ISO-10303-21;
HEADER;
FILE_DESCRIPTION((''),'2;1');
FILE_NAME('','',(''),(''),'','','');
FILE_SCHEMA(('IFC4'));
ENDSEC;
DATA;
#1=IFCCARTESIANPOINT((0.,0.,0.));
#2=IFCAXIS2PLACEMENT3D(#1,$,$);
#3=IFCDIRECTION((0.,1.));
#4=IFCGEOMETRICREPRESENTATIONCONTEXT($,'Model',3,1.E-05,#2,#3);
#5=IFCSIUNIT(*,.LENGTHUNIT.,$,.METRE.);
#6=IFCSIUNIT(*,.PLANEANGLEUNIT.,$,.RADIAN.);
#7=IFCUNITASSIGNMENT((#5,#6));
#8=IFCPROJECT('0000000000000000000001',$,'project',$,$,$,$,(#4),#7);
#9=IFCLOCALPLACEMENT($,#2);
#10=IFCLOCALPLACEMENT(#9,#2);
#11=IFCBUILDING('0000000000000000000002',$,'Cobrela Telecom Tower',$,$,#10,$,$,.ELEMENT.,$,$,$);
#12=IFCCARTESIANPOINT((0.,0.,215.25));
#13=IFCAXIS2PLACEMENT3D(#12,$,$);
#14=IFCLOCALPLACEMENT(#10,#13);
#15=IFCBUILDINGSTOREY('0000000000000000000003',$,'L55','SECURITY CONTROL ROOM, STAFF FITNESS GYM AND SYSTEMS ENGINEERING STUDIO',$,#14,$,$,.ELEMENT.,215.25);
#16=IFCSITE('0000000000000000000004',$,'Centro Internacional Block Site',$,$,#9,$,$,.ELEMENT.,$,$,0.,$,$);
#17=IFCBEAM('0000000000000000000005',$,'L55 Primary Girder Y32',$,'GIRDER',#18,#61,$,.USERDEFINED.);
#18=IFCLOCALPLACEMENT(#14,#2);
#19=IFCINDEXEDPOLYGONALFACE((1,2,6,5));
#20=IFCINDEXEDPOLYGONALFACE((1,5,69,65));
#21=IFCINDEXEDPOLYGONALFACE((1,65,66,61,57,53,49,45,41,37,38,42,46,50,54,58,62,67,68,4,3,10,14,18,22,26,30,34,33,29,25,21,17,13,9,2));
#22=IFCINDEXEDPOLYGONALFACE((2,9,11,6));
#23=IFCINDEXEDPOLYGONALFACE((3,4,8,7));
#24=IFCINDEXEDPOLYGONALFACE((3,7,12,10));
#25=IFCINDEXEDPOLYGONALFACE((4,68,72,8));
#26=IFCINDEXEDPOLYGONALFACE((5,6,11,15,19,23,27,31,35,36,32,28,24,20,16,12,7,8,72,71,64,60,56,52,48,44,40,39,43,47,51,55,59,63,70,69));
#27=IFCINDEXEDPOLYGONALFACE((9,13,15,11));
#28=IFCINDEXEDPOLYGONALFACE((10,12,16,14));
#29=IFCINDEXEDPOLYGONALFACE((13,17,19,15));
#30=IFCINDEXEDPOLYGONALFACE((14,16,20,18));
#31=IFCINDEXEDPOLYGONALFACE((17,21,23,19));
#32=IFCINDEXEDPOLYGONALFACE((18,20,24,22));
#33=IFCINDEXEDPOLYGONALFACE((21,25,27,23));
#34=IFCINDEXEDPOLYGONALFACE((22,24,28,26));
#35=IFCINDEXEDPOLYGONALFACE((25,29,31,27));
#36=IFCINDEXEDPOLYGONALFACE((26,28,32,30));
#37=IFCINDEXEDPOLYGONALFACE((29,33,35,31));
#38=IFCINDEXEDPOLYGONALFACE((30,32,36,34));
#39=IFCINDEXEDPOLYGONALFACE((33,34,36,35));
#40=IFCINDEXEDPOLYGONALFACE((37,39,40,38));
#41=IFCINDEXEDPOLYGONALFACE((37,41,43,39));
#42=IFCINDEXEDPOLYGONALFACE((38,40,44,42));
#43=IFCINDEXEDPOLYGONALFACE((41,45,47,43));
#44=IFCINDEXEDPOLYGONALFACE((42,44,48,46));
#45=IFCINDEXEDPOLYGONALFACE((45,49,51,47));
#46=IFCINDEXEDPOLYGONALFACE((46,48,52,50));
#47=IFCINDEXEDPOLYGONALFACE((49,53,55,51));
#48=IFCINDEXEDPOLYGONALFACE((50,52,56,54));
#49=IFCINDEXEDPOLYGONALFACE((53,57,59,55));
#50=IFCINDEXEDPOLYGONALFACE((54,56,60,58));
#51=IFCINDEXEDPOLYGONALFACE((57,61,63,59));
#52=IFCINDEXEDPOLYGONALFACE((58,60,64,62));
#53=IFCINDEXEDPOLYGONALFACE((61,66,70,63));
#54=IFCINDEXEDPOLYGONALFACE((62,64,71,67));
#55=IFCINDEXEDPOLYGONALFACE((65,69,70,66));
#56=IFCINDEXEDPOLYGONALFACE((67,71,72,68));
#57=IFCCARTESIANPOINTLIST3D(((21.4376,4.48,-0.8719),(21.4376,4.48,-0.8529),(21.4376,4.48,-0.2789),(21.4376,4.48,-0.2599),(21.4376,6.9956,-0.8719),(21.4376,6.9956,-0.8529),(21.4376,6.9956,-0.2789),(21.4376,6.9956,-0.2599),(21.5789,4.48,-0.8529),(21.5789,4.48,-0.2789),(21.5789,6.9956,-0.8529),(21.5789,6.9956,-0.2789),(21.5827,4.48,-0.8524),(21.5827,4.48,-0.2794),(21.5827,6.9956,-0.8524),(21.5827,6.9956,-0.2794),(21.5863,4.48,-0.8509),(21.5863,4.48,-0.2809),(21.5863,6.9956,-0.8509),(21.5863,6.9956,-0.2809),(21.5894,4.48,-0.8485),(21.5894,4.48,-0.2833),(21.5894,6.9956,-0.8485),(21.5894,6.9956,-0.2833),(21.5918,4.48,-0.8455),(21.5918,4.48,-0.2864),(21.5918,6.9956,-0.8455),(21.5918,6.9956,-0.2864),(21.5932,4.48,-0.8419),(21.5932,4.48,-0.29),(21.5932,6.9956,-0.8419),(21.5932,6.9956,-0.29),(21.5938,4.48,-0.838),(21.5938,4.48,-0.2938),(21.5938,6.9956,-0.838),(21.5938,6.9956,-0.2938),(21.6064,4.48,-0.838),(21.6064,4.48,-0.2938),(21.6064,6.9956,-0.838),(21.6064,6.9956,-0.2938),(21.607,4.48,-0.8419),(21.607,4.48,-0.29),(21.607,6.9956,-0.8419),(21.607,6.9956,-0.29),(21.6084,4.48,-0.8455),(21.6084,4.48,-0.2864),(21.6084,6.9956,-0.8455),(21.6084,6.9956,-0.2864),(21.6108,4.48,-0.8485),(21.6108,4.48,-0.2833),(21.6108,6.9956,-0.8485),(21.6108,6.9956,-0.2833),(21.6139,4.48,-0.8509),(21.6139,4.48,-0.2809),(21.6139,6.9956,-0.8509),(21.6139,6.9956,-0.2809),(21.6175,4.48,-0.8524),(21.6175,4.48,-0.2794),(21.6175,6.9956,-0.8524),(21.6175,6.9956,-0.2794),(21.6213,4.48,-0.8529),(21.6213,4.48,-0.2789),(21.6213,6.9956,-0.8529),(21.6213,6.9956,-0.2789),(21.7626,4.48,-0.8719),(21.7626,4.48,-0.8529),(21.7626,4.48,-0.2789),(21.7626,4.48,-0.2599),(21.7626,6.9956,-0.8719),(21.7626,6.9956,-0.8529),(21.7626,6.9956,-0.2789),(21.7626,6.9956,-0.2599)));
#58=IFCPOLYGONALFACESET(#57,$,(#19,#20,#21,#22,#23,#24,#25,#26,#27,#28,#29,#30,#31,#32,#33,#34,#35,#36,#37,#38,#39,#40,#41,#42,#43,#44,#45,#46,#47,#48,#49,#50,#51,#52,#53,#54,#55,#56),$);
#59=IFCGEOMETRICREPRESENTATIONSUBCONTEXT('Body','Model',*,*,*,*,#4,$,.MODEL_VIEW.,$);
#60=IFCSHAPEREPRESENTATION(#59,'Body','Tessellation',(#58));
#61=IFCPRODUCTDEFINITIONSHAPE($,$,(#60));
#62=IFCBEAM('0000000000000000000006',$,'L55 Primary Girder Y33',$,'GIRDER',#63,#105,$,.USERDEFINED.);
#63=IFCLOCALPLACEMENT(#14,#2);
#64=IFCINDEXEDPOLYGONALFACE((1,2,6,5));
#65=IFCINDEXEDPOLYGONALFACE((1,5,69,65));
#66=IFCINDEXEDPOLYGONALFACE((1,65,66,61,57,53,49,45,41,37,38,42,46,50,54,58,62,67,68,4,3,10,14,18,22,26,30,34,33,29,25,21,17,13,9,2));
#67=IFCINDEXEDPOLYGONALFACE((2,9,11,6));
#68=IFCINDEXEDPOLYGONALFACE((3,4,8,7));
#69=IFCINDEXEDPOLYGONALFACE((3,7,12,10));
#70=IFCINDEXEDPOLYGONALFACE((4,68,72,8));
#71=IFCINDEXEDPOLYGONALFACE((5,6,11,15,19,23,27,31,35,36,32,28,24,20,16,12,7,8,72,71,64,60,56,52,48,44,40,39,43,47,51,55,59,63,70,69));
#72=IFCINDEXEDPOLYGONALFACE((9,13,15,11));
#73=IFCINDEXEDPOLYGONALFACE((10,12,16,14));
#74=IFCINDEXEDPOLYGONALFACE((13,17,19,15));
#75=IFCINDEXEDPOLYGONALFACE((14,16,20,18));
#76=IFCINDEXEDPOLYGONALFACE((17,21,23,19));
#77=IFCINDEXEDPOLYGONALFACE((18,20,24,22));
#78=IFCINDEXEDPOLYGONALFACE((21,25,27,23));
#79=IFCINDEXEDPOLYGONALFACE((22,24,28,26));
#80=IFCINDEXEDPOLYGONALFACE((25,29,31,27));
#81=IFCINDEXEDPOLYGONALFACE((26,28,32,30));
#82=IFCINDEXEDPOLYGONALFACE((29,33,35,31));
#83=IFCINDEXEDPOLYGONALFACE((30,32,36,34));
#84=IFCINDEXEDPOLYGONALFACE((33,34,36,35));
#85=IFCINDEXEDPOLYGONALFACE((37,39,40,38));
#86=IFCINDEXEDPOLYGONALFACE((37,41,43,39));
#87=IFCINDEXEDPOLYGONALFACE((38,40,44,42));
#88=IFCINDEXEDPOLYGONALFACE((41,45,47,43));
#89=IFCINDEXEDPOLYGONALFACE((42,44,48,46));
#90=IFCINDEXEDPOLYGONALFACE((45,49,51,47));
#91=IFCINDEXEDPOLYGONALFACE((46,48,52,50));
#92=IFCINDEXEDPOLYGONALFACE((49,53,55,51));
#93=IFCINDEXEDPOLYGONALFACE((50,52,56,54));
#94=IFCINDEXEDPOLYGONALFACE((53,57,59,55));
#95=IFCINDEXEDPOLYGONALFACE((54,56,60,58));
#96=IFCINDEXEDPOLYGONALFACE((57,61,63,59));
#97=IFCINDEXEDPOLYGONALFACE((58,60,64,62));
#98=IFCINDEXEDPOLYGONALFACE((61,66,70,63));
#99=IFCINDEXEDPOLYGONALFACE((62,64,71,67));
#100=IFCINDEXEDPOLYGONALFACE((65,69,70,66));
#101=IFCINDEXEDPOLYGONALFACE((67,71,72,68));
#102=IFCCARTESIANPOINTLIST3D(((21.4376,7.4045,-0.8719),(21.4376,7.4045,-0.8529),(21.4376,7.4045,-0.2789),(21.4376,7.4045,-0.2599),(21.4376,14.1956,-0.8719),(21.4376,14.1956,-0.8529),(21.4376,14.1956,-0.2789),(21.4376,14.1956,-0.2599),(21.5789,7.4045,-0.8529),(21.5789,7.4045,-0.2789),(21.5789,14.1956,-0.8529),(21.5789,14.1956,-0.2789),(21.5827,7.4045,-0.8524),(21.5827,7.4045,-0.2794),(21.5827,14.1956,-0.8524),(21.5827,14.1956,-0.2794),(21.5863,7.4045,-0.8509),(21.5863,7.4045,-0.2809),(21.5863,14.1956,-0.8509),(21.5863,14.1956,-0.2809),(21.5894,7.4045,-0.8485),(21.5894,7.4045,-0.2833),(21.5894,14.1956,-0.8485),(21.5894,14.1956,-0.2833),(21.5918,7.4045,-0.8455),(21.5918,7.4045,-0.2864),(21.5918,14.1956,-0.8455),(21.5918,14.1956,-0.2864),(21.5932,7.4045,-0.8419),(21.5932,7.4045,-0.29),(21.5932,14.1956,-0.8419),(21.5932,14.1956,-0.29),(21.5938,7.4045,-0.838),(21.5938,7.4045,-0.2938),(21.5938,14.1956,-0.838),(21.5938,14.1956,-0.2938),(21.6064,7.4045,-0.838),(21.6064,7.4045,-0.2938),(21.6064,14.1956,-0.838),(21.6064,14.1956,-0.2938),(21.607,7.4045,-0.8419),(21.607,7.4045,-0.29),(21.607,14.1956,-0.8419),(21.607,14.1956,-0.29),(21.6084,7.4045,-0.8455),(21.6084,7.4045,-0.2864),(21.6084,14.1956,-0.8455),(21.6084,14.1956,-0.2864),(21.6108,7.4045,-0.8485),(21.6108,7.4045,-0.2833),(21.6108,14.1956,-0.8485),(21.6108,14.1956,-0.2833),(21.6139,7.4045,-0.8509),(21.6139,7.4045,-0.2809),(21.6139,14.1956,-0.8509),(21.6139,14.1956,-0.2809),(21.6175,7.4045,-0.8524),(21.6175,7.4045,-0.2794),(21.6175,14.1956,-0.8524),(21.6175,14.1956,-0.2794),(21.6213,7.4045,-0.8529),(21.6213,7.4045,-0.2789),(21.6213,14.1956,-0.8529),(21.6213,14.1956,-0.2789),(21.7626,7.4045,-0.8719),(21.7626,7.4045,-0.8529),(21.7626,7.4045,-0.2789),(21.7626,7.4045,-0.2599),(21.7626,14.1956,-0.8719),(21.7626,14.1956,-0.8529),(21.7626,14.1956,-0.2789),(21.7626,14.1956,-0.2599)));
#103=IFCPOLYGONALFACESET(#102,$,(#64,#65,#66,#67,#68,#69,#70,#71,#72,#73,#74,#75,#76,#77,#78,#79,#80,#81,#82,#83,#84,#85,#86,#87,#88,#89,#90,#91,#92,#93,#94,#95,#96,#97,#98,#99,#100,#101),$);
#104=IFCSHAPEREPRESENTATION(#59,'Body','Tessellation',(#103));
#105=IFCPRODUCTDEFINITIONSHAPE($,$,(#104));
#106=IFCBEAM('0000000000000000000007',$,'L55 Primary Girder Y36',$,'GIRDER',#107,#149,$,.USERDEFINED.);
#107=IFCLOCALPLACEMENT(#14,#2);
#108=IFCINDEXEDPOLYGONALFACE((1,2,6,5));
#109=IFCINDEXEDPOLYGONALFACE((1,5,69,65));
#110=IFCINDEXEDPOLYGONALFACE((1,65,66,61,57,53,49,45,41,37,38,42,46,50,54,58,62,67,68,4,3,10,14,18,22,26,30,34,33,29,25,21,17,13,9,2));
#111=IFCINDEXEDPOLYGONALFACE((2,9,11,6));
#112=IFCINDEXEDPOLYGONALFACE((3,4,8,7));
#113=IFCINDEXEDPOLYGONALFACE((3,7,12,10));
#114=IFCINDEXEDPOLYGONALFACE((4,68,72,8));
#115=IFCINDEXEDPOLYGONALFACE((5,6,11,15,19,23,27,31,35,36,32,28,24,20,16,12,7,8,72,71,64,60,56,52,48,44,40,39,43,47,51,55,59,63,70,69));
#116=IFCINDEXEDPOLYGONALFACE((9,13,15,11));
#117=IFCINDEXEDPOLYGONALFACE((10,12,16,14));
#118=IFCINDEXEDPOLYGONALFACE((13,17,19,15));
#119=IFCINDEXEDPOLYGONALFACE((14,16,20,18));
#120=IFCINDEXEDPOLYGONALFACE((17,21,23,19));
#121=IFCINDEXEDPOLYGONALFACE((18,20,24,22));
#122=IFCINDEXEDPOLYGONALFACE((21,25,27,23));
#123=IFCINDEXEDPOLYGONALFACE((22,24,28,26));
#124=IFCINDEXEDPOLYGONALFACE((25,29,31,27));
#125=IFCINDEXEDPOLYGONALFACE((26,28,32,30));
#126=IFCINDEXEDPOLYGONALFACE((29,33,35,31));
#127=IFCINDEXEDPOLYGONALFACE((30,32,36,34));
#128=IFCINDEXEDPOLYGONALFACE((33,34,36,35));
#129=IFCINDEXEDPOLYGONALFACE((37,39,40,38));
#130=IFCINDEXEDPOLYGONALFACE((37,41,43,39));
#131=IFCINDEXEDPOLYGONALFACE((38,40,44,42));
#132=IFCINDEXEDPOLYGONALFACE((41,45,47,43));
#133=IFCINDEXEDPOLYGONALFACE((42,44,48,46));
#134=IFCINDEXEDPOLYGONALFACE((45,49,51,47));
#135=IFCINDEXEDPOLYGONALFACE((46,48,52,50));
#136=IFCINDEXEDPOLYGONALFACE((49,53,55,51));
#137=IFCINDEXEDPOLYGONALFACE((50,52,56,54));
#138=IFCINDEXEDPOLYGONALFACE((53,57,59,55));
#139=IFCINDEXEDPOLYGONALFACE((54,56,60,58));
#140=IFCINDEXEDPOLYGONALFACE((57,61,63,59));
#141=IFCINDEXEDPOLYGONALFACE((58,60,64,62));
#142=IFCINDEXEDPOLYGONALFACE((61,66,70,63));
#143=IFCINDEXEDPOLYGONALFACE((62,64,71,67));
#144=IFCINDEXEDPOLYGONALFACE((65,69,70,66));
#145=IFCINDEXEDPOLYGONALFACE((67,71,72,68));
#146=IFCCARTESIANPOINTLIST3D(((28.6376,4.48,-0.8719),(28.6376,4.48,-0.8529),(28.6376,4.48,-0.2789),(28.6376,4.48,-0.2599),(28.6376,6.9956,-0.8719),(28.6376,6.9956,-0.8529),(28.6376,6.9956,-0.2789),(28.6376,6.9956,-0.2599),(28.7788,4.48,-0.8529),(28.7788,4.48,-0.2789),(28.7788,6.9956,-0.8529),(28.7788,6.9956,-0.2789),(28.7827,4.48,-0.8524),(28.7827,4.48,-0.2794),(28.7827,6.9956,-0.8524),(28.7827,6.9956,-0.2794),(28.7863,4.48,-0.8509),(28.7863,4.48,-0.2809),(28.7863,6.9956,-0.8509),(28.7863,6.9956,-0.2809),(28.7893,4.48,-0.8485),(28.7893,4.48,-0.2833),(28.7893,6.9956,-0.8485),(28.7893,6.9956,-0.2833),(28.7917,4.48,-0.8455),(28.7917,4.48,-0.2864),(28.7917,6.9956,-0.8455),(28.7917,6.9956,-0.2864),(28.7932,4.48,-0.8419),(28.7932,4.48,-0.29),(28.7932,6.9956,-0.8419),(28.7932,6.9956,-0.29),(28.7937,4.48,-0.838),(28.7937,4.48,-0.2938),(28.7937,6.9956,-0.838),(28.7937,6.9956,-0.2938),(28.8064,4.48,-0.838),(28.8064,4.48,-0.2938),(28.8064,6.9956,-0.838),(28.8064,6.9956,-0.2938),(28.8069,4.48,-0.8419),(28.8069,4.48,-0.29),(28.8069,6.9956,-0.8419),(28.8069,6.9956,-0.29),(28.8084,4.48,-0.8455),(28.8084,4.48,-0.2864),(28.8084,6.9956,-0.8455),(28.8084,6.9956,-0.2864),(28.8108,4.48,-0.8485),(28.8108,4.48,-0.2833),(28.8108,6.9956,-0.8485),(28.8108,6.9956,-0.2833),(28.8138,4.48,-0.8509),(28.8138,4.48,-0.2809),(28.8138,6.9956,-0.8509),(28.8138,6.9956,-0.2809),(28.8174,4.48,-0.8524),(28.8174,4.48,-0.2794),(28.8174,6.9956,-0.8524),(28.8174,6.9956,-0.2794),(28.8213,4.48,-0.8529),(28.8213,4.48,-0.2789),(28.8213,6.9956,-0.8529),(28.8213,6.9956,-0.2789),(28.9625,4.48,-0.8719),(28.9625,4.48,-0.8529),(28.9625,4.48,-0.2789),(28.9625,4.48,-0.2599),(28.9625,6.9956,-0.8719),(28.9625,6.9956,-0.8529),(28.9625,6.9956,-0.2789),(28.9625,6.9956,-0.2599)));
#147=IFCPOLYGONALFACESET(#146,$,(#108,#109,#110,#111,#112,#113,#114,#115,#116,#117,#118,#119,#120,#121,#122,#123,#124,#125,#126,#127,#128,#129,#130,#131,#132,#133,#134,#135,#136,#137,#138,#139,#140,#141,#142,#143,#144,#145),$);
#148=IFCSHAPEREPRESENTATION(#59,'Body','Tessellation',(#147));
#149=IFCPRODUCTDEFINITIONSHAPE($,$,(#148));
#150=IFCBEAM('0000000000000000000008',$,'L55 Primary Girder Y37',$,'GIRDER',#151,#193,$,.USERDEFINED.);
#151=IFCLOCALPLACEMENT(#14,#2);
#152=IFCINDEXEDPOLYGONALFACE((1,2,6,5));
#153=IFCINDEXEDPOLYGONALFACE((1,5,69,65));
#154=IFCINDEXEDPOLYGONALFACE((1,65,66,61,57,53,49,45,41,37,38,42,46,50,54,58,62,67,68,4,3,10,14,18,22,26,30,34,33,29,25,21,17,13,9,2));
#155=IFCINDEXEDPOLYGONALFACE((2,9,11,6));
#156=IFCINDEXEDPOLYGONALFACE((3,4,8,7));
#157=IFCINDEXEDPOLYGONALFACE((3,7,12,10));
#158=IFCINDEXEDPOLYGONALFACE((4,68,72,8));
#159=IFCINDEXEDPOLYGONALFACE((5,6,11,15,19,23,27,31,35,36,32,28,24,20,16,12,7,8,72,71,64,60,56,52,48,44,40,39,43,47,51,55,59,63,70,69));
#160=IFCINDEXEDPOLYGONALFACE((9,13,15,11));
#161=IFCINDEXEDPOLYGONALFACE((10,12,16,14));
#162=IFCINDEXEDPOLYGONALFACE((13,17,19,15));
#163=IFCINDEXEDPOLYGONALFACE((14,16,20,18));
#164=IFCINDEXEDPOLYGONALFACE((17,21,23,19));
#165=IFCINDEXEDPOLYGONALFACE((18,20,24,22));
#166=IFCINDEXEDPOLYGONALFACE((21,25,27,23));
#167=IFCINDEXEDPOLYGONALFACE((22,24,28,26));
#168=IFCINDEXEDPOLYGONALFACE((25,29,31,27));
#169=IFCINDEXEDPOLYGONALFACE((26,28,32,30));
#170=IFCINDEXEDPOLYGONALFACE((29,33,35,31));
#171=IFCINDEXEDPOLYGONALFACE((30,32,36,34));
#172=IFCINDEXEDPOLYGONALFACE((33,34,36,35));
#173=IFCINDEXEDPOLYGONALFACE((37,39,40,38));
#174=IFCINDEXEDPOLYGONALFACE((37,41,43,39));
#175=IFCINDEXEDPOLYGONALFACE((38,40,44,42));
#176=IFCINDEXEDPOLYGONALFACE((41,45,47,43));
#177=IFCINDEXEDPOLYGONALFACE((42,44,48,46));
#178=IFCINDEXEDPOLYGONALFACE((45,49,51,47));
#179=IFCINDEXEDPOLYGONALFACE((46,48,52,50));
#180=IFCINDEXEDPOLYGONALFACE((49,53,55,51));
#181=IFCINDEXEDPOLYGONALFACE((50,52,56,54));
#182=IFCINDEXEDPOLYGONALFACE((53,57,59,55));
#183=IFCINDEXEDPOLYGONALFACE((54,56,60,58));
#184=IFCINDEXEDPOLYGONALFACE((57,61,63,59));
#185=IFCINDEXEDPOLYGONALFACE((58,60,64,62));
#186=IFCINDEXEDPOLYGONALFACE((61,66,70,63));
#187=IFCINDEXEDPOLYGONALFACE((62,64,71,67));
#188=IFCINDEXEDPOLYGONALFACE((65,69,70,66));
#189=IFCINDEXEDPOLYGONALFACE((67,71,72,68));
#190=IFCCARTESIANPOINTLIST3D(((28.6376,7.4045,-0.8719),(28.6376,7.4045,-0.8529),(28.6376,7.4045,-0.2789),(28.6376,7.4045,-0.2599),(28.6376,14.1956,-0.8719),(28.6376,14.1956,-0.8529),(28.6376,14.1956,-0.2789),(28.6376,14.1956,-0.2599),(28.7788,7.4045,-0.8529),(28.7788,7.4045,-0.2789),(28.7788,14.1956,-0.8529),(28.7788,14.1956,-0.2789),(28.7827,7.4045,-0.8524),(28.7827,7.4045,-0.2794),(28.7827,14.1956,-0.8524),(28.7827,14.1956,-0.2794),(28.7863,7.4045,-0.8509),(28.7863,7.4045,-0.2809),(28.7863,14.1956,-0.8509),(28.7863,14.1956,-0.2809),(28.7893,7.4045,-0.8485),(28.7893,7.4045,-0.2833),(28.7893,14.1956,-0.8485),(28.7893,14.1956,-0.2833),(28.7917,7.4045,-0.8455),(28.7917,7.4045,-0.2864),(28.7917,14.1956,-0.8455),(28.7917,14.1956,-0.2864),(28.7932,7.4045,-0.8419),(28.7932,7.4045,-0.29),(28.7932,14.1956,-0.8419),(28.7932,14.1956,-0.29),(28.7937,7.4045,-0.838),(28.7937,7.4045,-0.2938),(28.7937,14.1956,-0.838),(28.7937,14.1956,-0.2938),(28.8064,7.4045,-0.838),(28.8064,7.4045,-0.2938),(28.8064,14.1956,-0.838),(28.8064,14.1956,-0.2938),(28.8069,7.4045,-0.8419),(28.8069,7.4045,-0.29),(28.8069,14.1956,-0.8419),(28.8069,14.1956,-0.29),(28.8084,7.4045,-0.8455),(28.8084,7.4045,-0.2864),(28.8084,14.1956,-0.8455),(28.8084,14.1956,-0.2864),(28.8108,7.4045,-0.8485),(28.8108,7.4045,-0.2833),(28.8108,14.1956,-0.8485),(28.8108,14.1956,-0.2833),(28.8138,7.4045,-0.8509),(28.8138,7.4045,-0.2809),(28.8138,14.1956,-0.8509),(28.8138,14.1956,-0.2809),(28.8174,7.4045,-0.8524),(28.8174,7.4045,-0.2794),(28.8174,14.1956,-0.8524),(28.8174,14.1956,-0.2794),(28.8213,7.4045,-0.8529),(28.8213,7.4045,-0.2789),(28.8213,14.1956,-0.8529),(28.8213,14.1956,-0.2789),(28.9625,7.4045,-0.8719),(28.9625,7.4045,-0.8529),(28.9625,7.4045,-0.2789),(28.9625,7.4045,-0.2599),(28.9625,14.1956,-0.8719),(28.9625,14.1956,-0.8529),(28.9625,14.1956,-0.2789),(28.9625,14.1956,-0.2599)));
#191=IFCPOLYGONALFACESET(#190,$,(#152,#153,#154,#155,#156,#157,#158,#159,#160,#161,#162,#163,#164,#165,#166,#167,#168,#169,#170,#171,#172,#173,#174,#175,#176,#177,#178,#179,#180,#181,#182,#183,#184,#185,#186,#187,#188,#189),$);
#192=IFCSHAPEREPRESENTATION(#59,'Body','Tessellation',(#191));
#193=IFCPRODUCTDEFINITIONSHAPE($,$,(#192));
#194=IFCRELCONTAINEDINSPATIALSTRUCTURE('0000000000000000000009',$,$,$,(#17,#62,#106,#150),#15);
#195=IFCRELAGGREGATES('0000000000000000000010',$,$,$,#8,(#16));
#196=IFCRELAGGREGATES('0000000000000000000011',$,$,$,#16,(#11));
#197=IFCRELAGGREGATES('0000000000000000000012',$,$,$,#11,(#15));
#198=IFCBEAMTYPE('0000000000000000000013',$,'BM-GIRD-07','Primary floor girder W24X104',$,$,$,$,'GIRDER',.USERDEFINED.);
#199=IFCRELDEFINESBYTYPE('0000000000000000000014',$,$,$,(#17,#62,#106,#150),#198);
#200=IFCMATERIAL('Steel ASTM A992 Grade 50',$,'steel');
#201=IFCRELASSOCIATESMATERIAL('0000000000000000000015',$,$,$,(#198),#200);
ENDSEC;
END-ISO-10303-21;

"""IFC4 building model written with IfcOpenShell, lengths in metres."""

from ifc_helpers import new_model, si_unit, direction, frame, origin, origin_2d, place, context, subcontext, project, spatial, i_section, extrude, material, material_profile, profile_set, type_object, element, save


model = new_model("IFC4")

# Units and contexts
model_context = context("Model", 3, precision=1e-05, world=origin(), true_north=direction((0.0, 1.0)))
body_context = subcontext(model_context, "Body", "Model", "MODEL_VIEW")
ifc_project = project(units=[si_unit("LENGTHUNIT", "METRE"), si_unit("PLANEANGLEUNIT", "RADIAN")], contexts=[model_context])

# Site, building, storey
site_placement = place(None, origin())
site = spatial("IfcSite", under=ifc_project, at=site_placement, Name="Centro Internacional Block Site", CompositionType="ELEMENT", RefElevation=0.0)
building_placement = place(site_placement, origin())
building = spatial("IfcBuilding", under=site, at=building_placement, Name="Cobrela Telecom Tower", CompositionType="ELEMENT")
storey_placement = place(building_placement, frame((0.0, 0.0, 215.25)))
storey = spatial("IfcBuildingStorey", under=building, at=storey_placement, Name="L55", Description="SECURITY CONTROL ROOM, STAFF FITNESS GYM AND SYSTEMS ENGINEERING STUDIO", CompositionType="ELEMENT", Elevation=215.25)

# Shared definitions
ifc_material_1 = material(Name="Steel ASTM A992 Grade 50", Category="steel")

# Beams
ifc_material_profile_1 = material_profile(ifc_material_1, i_section(OverallWidth=0.325, OverallDepth=0.6121, WebThickness=0.0127, FlangeThickness=0.019, FilletRadius=0.0149, at=origin_2d()), Name="W24X104")
ifc_profile_set_1 = profile_set([ifc_material_profile_1], Name="Steel ASTM A992 Grade 50")
beam_type_1 = type_object("IfcBeamType", Name="BM-GIRD-07", Description="Primary floor girder W24X104", ElementType="GIRDER", PredefinedType="USERDEFINED", material=ifc_profile_set_1)
beam_1_placement = place(storey_placement, frame((21.6001, 4.48, -0.5659), z_axis=(0.0, 1.0, 0.0), x_axis=(-1.0, 0.0, 0.0)))
element("IfcBeam", 1, at=beam_1_placement, inside=storey, type_object=beam_type_1, Name="L55 Primary Girder Y32", ObjectType="GIRDER", PredefinedType="USERDEFINED", context=body_context, shape_type="SweptSolid", body=[
    extrude(i_section(OverallWidth=0.325, OverallDepth=0.6121, WebThickness=0.0127, FlangeThickness=0.019, FilletRadius=0.0149, at=origin_2d()), origin(), (0.0, 0.0, 1.0), 2.5156),
])
beam_2_placement = place(storey_placement, frame((21.6001, 7.4045, -0.5659), z_axis=(0.0, 1.0, 0.0), x_axis=(-1.0, 0.0, 0.0)))
element("IfcBeam", 2, at=beam_2_placement, inside=storey, type_object=beam_type_1, Name="L55 Primary Girder Y33", ObjectType="GIRDER", PredefinedType="USERDEFINED", context=body_context, shape_type="SweptSolid", body=[
    extrude(i_section(OverallWidth=0.325, OverallDepth=0.6121, WebThickness=0.0127, FlangeThickness=0.019, FilletRadius=0.0149, at=origin_2d()), origin(), (0.0, 0.0, 1.0), 6.791),
])
beam_3_placement = place(storey_placement, frame((28.8, 4.48, -0.5659), z_axis=(0.0, 1.0, 0.0), x_axis=(-1.0, 0.0, 0.0)))
element("IfcBeam", 3, at=beam_3_placement, inside=storey, type_object=beam_type_1, Name="L55 Primary Girder Y36", ObjectType="GIRDER", PredefinedType="USERDEFINED", context=body_context, shape_type="SweptSolid", body=[
    extrude(i_section(OverallWidth=0.325, OverallDepth=0.6121, WebThickness=0.0127, FlangeThickness=0.019, FilletRadius=0.0149, at=origin_2d()), origin(), (0.0, 0.0, 1.0), 2.5156),
])
beam_4_placement = place(storey_placement, frame((28.8, 7.4045, -0.5659), z_axis=(0.0, 1.0, 0.0), x_axis=(-1.0, 0.0, 0.0)))
element("IfcBeam", 4, at=beam_4_placement, inside=storey, type_object=beam_type_1, Name="L55 Primary Girder Y37", ObjectType="GIRDER", PredefinedType="USERDEFINED", context=body_context, shape_type="SweptSolid", body=[
    extrude(i_section(OverallWidth=0.325, OverallDepth=0.6121, WebThickness=0.0127, FlangeThickness=0.019, FilletRadius=0.0149, at=origin_2d()), origin(), (0.0, 0.0, 1.0), 6.791),
])

save(model, "model.ifc")
